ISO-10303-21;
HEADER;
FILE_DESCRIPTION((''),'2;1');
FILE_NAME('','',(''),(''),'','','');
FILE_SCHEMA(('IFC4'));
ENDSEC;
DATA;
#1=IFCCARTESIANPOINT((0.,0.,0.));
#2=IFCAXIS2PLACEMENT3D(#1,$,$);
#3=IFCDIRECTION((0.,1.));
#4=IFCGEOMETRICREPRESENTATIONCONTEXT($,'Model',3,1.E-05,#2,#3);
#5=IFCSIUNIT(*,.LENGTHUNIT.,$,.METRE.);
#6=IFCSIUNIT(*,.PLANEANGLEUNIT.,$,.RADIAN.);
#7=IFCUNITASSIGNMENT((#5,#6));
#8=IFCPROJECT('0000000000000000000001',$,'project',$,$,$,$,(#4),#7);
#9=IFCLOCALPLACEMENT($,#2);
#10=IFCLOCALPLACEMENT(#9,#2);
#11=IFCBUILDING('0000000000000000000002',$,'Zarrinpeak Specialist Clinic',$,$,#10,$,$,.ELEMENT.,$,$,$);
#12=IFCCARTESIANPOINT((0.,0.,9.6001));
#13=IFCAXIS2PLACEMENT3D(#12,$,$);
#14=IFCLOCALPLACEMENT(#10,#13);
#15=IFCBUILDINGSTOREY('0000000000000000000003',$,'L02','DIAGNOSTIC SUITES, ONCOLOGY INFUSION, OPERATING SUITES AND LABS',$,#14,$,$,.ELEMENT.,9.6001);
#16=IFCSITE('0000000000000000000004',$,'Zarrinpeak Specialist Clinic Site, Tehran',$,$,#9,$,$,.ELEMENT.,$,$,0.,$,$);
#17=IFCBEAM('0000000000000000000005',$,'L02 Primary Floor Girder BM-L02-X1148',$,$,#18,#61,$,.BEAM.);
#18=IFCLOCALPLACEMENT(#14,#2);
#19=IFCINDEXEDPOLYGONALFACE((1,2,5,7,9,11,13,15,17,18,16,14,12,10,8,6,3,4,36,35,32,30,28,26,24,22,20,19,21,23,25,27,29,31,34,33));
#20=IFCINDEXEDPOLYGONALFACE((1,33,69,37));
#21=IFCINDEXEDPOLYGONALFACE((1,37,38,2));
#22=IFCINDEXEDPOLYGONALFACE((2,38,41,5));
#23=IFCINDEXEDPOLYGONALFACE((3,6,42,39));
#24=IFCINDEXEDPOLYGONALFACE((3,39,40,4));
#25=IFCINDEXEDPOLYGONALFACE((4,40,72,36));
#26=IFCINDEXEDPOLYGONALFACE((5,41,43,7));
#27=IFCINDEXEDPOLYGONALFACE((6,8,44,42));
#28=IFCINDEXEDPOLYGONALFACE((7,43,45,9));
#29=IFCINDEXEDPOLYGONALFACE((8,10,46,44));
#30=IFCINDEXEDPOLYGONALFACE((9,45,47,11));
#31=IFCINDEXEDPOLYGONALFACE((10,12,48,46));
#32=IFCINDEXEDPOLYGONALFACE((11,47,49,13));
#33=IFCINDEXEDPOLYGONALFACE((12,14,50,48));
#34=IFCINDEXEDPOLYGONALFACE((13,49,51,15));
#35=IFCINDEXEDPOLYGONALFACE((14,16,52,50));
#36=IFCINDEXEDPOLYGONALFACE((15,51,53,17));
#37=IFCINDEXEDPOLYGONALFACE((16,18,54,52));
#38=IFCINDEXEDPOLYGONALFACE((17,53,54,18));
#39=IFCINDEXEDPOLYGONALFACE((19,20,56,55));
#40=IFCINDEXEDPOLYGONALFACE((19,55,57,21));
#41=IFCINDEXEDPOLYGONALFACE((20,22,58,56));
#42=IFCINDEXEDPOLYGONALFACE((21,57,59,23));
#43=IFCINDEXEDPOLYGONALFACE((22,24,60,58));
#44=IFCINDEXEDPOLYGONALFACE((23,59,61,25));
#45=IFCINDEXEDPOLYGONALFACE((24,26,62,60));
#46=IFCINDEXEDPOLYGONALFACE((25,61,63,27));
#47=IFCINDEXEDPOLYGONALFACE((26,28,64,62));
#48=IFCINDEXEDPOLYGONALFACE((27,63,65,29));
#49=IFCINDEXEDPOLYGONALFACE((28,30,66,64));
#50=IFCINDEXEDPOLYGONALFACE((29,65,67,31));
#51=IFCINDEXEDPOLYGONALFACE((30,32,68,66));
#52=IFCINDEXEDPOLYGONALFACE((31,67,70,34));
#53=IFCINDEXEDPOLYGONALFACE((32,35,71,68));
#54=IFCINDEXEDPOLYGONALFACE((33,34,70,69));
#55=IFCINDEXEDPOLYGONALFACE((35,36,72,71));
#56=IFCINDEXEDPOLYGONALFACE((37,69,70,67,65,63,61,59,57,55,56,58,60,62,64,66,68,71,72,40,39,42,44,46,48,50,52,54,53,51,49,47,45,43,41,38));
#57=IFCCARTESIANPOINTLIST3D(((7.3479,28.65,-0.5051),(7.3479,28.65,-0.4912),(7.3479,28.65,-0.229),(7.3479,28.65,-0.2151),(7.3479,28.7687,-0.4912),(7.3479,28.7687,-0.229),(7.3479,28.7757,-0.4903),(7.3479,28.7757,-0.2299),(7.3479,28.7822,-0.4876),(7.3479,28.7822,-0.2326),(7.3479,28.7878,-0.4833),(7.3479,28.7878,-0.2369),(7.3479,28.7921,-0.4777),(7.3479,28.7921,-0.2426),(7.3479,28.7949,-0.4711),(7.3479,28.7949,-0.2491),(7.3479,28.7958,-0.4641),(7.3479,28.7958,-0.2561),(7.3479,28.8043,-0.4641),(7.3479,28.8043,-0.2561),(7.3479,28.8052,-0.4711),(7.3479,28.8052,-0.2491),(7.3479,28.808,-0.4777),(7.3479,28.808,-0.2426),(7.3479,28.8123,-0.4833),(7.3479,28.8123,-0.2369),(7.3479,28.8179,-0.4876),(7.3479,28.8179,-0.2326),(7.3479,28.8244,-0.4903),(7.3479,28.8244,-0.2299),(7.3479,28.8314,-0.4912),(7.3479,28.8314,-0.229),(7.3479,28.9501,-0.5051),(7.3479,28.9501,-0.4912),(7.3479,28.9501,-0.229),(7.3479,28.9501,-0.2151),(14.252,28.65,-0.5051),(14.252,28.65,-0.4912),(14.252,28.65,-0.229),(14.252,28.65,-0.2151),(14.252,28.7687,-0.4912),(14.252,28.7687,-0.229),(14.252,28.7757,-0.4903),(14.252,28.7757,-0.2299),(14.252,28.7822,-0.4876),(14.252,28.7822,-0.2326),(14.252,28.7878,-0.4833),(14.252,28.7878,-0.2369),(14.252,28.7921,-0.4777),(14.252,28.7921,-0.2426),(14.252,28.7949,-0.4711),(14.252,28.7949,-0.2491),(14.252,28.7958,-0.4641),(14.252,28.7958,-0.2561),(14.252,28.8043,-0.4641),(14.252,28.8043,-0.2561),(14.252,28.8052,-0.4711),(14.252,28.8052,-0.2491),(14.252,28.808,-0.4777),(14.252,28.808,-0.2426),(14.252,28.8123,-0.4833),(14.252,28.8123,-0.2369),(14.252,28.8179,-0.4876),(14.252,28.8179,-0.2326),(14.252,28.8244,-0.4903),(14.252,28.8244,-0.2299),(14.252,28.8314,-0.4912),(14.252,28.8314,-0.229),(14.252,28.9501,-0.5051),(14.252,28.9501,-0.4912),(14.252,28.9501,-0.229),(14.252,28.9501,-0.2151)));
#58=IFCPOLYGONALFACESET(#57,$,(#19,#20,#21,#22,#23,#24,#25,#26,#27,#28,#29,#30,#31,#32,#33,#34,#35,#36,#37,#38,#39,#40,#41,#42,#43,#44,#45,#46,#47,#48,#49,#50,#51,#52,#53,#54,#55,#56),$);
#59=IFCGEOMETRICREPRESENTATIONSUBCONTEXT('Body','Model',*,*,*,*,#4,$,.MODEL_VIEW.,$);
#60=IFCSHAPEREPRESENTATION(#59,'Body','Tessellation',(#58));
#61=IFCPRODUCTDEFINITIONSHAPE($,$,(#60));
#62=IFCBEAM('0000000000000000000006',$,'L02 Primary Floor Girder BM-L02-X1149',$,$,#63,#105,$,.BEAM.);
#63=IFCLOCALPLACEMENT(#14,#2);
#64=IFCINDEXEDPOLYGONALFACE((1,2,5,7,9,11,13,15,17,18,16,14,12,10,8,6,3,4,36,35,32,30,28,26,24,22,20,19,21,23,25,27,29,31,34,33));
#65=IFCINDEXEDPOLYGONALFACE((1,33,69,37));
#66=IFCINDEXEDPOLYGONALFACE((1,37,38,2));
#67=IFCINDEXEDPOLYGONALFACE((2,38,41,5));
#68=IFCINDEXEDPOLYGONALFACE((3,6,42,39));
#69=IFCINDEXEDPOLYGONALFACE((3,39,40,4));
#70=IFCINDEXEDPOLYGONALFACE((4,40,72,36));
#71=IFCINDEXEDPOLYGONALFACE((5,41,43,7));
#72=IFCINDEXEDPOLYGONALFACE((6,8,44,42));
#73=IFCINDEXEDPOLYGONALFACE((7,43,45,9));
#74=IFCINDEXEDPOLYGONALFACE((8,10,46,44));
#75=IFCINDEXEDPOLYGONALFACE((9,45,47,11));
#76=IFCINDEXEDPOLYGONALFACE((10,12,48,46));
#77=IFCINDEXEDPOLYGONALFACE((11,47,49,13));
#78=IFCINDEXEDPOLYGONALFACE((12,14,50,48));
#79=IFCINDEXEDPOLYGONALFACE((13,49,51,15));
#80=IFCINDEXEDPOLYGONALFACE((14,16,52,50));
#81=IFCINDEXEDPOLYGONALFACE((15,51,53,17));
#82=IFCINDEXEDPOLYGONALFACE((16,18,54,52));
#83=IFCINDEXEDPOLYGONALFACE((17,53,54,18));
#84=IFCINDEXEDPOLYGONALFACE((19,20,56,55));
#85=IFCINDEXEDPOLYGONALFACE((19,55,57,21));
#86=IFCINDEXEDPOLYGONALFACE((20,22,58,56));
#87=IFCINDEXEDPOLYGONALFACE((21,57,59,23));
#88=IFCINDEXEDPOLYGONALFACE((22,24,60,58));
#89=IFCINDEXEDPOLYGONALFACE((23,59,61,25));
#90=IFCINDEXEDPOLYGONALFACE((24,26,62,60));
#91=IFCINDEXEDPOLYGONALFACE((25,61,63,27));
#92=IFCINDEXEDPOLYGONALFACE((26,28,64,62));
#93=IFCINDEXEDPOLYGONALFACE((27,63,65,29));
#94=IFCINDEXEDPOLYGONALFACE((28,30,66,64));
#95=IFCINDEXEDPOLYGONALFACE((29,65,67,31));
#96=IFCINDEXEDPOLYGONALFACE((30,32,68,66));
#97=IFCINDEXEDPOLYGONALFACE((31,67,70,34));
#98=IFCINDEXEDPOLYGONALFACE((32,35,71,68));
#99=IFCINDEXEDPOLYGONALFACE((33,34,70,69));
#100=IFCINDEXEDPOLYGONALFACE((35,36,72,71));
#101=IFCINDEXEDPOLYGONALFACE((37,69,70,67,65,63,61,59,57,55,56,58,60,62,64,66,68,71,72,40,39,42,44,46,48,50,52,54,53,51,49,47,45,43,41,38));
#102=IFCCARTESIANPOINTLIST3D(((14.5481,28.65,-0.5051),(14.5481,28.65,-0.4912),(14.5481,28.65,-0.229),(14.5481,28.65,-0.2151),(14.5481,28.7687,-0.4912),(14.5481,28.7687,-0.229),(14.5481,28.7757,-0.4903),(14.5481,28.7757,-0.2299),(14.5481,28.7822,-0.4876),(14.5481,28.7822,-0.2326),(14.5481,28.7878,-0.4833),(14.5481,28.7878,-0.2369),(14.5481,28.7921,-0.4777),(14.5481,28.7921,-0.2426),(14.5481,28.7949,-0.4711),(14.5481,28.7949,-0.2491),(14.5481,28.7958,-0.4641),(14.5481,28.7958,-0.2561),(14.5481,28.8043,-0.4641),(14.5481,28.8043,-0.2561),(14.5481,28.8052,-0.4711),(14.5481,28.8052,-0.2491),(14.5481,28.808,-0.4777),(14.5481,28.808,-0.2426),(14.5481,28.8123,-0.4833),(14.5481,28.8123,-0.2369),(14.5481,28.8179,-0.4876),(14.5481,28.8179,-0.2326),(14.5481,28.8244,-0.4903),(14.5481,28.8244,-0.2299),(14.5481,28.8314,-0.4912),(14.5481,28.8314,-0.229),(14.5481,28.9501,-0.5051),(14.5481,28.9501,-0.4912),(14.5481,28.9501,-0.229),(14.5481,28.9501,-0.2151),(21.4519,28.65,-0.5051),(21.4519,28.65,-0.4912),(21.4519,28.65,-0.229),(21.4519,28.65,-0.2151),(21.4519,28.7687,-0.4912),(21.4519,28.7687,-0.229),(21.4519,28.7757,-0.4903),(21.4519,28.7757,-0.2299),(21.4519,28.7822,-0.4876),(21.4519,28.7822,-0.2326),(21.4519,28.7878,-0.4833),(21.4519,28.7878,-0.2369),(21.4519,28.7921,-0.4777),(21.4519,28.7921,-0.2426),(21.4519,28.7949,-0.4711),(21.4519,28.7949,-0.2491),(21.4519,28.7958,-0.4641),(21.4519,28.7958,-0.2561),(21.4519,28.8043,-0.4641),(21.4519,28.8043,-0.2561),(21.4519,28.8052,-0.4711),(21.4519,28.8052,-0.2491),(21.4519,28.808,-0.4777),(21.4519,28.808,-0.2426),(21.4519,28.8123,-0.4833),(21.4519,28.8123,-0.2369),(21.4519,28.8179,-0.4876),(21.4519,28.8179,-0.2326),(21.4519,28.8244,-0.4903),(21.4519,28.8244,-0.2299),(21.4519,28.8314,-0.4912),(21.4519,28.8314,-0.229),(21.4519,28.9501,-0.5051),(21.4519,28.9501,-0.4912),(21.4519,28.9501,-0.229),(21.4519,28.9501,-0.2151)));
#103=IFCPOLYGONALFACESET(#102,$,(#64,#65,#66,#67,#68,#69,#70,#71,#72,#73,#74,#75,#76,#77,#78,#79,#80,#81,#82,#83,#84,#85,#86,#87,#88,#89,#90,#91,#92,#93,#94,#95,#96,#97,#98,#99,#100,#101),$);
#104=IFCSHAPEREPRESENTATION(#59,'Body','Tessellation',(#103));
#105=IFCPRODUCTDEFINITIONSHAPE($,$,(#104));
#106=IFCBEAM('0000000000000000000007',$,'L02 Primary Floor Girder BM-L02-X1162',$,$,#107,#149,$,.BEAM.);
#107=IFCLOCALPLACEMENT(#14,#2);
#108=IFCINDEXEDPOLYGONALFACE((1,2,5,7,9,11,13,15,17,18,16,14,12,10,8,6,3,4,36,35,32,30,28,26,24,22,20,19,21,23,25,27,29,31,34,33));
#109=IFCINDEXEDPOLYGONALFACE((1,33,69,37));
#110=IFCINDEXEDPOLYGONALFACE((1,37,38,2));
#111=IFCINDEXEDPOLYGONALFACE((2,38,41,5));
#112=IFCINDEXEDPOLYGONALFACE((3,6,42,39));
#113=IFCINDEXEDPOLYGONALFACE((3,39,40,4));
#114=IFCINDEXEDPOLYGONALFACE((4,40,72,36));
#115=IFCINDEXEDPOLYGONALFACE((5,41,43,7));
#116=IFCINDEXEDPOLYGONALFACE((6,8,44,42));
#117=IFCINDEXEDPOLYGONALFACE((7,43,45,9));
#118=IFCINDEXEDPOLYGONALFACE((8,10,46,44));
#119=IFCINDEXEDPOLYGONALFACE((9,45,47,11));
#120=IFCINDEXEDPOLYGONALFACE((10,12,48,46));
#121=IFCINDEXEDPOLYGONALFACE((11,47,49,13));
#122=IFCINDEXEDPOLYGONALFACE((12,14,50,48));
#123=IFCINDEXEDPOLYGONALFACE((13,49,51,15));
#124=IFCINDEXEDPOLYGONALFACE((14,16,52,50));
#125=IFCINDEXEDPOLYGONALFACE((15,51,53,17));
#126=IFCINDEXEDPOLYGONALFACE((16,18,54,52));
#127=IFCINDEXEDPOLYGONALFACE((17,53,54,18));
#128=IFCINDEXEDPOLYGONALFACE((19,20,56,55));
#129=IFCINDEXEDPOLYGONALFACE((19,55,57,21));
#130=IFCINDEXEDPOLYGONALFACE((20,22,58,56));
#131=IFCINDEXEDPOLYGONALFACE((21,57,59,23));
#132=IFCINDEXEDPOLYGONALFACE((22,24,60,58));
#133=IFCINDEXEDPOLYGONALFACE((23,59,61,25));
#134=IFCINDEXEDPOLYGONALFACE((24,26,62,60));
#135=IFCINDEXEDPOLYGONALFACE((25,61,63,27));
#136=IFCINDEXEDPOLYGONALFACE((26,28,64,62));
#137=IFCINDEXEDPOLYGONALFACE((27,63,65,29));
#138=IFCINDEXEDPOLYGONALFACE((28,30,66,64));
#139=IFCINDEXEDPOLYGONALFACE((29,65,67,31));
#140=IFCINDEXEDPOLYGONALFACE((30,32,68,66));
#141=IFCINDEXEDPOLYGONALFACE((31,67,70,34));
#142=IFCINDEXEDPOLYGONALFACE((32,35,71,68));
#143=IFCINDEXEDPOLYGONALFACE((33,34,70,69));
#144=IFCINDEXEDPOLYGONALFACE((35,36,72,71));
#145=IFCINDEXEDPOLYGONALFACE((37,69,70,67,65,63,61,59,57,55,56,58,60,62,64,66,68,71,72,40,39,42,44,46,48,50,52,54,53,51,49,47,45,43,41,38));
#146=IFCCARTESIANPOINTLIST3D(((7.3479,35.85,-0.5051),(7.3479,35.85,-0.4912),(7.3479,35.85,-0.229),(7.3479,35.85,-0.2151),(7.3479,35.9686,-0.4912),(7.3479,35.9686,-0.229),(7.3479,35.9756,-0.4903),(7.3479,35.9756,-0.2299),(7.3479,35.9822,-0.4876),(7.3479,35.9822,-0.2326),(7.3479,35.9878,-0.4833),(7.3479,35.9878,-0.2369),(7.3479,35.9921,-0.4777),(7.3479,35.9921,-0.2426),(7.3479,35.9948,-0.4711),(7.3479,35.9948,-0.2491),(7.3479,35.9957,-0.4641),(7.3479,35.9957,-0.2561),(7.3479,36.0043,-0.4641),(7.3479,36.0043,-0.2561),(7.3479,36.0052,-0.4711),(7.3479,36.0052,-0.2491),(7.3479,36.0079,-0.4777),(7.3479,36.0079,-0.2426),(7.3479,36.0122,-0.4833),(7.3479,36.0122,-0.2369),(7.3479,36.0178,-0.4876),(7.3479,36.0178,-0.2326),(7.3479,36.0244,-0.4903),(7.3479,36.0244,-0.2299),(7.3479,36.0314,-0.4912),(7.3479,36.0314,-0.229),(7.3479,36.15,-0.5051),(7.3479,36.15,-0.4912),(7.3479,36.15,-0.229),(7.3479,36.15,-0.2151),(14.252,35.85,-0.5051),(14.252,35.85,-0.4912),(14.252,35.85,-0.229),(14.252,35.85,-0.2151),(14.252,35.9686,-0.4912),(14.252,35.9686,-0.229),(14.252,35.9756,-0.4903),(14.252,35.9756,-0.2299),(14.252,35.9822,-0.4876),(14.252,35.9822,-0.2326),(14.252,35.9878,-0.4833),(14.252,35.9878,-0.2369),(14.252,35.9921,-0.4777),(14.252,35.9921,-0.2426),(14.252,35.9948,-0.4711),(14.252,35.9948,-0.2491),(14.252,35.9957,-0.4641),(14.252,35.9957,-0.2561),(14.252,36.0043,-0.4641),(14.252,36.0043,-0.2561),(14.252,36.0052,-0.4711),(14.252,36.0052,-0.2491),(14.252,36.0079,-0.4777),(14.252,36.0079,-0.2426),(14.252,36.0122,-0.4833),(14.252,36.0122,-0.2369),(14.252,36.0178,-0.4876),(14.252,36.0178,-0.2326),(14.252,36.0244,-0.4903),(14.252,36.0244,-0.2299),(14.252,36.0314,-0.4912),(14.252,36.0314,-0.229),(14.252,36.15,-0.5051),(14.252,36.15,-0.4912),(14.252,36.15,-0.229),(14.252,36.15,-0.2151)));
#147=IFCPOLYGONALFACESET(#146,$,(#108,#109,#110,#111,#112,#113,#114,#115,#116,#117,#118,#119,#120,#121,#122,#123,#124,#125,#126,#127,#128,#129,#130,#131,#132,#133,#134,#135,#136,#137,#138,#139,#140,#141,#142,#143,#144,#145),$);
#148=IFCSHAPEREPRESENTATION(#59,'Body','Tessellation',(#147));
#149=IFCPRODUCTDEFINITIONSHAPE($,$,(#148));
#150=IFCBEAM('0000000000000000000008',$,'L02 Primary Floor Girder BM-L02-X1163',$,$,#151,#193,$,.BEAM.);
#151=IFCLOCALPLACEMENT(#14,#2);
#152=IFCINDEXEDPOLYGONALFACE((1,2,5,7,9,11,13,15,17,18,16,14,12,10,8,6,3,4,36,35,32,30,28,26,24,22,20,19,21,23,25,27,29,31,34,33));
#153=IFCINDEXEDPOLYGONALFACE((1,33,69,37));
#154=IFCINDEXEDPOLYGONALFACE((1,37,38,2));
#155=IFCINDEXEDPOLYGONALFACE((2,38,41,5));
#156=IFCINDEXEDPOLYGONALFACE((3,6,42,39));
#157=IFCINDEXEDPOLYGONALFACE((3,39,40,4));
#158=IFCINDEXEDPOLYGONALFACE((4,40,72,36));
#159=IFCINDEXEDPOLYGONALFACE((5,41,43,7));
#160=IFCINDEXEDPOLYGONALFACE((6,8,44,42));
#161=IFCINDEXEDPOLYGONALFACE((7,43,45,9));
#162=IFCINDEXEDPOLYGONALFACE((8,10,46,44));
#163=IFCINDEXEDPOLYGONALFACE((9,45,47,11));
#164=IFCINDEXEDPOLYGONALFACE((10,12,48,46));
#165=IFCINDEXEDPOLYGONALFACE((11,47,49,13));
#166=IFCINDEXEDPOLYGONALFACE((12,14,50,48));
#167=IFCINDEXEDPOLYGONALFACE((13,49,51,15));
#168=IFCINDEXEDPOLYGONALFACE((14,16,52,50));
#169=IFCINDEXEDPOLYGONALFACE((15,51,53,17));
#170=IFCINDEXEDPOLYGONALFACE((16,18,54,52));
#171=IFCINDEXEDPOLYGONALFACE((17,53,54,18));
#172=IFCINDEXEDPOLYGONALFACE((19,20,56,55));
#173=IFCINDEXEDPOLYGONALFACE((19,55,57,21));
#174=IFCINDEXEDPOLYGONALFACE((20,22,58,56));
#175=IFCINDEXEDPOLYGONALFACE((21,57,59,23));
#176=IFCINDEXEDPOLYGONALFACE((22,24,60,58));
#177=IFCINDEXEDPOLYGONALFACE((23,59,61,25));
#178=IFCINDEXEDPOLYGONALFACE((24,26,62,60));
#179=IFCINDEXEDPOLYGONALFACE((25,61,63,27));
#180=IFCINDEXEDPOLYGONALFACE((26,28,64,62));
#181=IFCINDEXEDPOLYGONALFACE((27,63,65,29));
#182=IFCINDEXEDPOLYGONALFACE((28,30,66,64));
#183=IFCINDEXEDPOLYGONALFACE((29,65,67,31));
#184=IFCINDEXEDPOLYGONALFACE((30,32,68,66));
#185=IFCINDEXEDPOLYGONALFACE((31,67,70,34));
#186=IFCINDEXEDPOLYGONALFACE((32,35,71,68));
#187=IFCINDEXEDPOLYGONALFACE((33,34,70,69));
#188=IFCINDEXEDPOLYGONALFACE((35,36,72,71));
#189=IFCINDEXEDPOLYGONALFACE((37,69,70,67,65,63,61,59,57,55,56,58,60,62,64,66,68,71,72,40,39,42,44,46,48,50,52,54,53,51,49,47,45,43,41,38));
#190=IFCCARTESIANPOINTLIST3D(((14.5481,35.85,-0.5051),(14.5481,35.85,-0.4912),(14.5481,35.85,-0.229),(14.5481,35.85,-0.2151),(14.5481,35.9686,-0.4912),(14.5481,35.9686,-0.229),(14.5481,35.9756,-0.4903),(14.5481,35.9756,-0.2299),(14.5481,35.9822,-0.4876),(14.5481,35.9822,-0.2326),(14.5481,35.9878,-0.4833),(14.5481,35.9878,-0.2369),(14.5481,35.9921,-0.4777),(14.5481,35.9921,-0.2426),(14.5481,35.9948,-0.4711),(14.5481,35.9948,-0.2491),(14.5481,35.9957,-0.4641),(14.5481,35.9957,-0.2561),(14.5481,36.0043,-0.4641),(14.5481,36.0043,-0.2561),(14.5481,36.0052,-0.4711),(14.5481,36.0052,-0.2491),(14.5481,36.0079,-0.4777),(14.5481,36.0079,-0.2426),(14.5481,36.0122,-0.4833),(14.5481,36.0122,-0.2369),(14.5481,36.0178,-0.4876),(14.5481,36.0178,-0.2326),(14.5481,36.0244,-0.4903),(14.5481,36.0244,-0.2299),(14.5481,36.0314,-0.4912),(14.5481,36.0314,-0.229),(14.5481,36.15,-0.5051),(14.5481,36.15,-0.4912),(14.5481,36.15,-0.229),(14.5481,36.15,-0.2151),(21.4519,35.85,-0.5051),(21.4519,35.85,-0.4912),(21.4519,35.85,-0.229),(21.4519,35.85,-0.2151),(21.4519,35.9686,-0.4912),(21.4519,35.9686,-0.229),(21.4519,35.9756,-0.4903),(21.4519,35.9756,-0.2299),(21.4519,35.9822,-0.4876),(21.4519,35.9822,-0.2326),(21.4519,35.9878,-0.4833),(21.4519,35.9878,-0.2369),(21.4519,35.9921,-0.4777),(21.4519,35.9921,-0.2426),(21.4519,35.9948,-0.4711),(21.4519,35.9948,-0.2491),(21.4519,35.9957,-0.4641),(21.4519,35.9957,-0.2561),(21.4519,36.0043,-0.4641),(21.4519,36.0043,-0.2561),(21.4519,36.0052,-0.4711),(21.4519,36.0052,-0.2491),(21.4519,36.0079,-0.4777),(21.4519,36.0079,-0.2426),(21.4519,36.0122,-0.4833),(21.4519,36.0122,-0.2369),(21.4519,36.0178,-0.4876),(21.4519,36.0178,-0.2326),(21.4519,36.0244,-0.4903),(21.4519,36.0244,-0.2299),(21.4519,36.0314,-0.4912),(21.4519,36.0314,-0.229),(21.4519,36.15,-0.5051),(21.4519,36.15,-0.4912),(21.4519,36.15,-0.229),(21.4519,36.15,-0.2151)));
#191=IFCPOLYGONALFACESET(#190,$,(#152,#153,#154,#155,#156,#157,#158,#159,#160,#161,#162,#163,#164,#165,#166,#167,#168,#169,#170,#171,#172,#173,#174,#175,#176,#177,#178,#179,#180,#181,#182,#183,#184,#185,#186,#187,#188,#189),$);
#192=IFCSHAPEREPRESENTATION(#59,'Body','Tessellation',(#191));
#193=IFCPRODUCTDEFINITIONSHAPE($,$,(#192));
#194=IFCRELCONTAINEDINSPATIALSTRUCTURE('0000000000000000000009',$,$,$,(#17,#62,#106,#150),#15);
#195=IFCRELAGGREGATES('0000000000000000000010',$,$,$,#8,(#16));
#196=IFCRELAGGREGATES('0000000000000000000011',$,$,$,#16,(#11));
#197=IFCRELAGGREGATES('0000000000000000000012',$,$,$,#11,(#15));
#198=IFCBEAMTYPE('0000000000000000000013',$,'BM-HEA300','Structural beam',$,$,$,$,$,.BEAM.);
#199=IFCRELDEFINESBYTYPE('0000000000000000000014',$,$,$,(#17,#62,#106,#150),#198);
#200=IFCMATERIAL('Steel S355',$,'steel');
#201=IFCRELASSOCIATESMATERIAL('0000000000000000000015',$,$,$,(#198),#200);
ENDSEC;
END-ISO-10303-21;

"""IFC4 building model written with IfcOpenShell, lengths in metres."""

from ifc_helpers import new_model, si_unit, direction, frame, origin, origin_2d, place, context, subcontext, project, spatial, i_section, extrude, material, material_profile, profile_set, type_object, element, save


model = new_model("IFC4")

# Units and contexts
model_context = context("Model", 3, precision=1e-05, world=origin(), true_north=direction((0.0, 1.0)))
body_context = subcontext(model_context, "Body", "Model", "MODEL_VIEW")
ifc_project = project(units=[si_unit("LENGTHUNIT", "METRE"), si_unit("PLANEANGLEUNIT", "RADIAN")], contexts=[model_context])

# Site, building, storey
site_placement = place(None, origin())
site = spatial("IfcSite", under=ifc_project, at=site_placement, Name="Zarrinpeak Specialist Clinic Site, Tehran", CompositionType="ELEMENT", RefElevation=0.0)
building_placement = place(site_placement, origin())
building = spatial("IfcBuilding", under=site, at=building_placement, Name="Zarrinpeak Specialist Clinic", CompositionType="ELEMENT")
storey_placement = place(building_placement, frame((0.0, 0.0, 9.6001)))
storey = spatial("IfcBuildingStorey", under=building, at=storey_placement, Name="L02", Description="DIAGNOSTIC SUITES, ONCOLOGY INFUSION, OPERATING SUITES AND LABS", CompositionType="ELEMENT", Elevation=9.6001)

# Shared definitions
ifc_material_1 = material(Name="Steel S355", Category="steel")

# Beams
ifc_material_profile_1 = material_profile(ifc_material_1, i_section(OverallWidth=0.3, OverallDepth=0.29, WebThickness=0.0085, FlangeThickness=0.0139, FilletRadius=0.0271, at=origin_2d()), Name="HEA 300")
ifc_profile_set_1 = profile_set([ifc_material_profile_1], Name="Steel S355")
beam_type_1 = type_object("IfcBeamType", Name="BM-HEA300", Description="Structural beam", PredefinedType="BEAM", material=ifc_profile_set_1)
beam_1_placement = place(storey_placement, frame((7.3479, 28.8, -0.3601), z_axis=(1.0, 0.0, 0.0), x_axis=(0.0, 1.0, 0.0)))
element("IfcBeam", 1, at=beam_1_placement, inside=storey, type_object=beam_type_1, Name="L02 Primary Floor Girder BM-L02-X1148", PredefinedType="BEAM", context=body_context, shape_type="SweptSolid", body=[
    extrude(i_section(OverallWidth=0.3, OverallDepth=0.29, WebThickness=0.0085, FlangeThickness=0.0139, FilletRadius=0.0271, at=origin_2d()), origin(), (0.0, 0.0, 1.0), 6.9041),
])
beam_2_placement = place(storey_placement, frame((14.5481, 28.8, -0.3601), z_axis=(1.0, 0.0, 0.0), x_axis=(0.0, 1.0, 0.0)))
element("IfcBeam", 2, at=beam_2_placement, inside=storey, type_object=beam_type_1, Name="L02 Primary Floor Girder BM-L02-X1149", PredefinedType="BEAM", context=body_context, shape_type="SweptSolid", body=[
    extrude(i_section(OverallWidth=0.3, OverallDepth=0.29, WebThickness=0.0085, FlangeThickness=0.0139, FilletRadius=0.0271, at=origin_2d()), origin(), (0.0, 0.0, 1.0), 6.9038),
])
beam_3_placement = place(storey_placement, frame((7.3479, 36.0, -0.3601), z_axis=(1.0, 0.0, 0.0), x_axis=(0.0, 1.0, 0.0)))
element("IfcBeam", 3, at=beam_3_placement, inside=storey, type_object=beam_type_1, Name="L02 Primary Floor Girder BM-L02-X1162", PredefinedType="BEAM", context=body_context, shape_type="SweptSolid", body=[
    extrude(i_section(OverallWidth=0.3, OverallDepth=0.29, WebThickness=0.0085, FlangeThickness=0.0139, FilletRadius=0.0271, at=origin_2d()), origin(), (0.0, 0.0, 1.0), 6.9041),
])
beam_4_placement = place(storey_placement, frame((14.5481, 36.0, -0.3601), z_axis=(1.0, 0.0, 0.0), x_axis=(0.0, 1.0, 0.0)))
element("IfcBeam", 4, at=beam_4_placement, inside=storey, type_object=beam_type_1, Name="L02 Primary Floor Girder BM-L02-X1163", PredefinedType="BEAM", context=body_context, shape_type="SweptSolid", body=[
    extrude(i_section(OverallWidth=0.3, OverallDepth=0.29, WebThickness=0.0085, FlangeThickness=0.0139, FilletRadius=0.0271, at=origin_2d()), origin(), (0.0, 0.0, 1.0), 6.9038),
])

save(model, "model.ifc")
